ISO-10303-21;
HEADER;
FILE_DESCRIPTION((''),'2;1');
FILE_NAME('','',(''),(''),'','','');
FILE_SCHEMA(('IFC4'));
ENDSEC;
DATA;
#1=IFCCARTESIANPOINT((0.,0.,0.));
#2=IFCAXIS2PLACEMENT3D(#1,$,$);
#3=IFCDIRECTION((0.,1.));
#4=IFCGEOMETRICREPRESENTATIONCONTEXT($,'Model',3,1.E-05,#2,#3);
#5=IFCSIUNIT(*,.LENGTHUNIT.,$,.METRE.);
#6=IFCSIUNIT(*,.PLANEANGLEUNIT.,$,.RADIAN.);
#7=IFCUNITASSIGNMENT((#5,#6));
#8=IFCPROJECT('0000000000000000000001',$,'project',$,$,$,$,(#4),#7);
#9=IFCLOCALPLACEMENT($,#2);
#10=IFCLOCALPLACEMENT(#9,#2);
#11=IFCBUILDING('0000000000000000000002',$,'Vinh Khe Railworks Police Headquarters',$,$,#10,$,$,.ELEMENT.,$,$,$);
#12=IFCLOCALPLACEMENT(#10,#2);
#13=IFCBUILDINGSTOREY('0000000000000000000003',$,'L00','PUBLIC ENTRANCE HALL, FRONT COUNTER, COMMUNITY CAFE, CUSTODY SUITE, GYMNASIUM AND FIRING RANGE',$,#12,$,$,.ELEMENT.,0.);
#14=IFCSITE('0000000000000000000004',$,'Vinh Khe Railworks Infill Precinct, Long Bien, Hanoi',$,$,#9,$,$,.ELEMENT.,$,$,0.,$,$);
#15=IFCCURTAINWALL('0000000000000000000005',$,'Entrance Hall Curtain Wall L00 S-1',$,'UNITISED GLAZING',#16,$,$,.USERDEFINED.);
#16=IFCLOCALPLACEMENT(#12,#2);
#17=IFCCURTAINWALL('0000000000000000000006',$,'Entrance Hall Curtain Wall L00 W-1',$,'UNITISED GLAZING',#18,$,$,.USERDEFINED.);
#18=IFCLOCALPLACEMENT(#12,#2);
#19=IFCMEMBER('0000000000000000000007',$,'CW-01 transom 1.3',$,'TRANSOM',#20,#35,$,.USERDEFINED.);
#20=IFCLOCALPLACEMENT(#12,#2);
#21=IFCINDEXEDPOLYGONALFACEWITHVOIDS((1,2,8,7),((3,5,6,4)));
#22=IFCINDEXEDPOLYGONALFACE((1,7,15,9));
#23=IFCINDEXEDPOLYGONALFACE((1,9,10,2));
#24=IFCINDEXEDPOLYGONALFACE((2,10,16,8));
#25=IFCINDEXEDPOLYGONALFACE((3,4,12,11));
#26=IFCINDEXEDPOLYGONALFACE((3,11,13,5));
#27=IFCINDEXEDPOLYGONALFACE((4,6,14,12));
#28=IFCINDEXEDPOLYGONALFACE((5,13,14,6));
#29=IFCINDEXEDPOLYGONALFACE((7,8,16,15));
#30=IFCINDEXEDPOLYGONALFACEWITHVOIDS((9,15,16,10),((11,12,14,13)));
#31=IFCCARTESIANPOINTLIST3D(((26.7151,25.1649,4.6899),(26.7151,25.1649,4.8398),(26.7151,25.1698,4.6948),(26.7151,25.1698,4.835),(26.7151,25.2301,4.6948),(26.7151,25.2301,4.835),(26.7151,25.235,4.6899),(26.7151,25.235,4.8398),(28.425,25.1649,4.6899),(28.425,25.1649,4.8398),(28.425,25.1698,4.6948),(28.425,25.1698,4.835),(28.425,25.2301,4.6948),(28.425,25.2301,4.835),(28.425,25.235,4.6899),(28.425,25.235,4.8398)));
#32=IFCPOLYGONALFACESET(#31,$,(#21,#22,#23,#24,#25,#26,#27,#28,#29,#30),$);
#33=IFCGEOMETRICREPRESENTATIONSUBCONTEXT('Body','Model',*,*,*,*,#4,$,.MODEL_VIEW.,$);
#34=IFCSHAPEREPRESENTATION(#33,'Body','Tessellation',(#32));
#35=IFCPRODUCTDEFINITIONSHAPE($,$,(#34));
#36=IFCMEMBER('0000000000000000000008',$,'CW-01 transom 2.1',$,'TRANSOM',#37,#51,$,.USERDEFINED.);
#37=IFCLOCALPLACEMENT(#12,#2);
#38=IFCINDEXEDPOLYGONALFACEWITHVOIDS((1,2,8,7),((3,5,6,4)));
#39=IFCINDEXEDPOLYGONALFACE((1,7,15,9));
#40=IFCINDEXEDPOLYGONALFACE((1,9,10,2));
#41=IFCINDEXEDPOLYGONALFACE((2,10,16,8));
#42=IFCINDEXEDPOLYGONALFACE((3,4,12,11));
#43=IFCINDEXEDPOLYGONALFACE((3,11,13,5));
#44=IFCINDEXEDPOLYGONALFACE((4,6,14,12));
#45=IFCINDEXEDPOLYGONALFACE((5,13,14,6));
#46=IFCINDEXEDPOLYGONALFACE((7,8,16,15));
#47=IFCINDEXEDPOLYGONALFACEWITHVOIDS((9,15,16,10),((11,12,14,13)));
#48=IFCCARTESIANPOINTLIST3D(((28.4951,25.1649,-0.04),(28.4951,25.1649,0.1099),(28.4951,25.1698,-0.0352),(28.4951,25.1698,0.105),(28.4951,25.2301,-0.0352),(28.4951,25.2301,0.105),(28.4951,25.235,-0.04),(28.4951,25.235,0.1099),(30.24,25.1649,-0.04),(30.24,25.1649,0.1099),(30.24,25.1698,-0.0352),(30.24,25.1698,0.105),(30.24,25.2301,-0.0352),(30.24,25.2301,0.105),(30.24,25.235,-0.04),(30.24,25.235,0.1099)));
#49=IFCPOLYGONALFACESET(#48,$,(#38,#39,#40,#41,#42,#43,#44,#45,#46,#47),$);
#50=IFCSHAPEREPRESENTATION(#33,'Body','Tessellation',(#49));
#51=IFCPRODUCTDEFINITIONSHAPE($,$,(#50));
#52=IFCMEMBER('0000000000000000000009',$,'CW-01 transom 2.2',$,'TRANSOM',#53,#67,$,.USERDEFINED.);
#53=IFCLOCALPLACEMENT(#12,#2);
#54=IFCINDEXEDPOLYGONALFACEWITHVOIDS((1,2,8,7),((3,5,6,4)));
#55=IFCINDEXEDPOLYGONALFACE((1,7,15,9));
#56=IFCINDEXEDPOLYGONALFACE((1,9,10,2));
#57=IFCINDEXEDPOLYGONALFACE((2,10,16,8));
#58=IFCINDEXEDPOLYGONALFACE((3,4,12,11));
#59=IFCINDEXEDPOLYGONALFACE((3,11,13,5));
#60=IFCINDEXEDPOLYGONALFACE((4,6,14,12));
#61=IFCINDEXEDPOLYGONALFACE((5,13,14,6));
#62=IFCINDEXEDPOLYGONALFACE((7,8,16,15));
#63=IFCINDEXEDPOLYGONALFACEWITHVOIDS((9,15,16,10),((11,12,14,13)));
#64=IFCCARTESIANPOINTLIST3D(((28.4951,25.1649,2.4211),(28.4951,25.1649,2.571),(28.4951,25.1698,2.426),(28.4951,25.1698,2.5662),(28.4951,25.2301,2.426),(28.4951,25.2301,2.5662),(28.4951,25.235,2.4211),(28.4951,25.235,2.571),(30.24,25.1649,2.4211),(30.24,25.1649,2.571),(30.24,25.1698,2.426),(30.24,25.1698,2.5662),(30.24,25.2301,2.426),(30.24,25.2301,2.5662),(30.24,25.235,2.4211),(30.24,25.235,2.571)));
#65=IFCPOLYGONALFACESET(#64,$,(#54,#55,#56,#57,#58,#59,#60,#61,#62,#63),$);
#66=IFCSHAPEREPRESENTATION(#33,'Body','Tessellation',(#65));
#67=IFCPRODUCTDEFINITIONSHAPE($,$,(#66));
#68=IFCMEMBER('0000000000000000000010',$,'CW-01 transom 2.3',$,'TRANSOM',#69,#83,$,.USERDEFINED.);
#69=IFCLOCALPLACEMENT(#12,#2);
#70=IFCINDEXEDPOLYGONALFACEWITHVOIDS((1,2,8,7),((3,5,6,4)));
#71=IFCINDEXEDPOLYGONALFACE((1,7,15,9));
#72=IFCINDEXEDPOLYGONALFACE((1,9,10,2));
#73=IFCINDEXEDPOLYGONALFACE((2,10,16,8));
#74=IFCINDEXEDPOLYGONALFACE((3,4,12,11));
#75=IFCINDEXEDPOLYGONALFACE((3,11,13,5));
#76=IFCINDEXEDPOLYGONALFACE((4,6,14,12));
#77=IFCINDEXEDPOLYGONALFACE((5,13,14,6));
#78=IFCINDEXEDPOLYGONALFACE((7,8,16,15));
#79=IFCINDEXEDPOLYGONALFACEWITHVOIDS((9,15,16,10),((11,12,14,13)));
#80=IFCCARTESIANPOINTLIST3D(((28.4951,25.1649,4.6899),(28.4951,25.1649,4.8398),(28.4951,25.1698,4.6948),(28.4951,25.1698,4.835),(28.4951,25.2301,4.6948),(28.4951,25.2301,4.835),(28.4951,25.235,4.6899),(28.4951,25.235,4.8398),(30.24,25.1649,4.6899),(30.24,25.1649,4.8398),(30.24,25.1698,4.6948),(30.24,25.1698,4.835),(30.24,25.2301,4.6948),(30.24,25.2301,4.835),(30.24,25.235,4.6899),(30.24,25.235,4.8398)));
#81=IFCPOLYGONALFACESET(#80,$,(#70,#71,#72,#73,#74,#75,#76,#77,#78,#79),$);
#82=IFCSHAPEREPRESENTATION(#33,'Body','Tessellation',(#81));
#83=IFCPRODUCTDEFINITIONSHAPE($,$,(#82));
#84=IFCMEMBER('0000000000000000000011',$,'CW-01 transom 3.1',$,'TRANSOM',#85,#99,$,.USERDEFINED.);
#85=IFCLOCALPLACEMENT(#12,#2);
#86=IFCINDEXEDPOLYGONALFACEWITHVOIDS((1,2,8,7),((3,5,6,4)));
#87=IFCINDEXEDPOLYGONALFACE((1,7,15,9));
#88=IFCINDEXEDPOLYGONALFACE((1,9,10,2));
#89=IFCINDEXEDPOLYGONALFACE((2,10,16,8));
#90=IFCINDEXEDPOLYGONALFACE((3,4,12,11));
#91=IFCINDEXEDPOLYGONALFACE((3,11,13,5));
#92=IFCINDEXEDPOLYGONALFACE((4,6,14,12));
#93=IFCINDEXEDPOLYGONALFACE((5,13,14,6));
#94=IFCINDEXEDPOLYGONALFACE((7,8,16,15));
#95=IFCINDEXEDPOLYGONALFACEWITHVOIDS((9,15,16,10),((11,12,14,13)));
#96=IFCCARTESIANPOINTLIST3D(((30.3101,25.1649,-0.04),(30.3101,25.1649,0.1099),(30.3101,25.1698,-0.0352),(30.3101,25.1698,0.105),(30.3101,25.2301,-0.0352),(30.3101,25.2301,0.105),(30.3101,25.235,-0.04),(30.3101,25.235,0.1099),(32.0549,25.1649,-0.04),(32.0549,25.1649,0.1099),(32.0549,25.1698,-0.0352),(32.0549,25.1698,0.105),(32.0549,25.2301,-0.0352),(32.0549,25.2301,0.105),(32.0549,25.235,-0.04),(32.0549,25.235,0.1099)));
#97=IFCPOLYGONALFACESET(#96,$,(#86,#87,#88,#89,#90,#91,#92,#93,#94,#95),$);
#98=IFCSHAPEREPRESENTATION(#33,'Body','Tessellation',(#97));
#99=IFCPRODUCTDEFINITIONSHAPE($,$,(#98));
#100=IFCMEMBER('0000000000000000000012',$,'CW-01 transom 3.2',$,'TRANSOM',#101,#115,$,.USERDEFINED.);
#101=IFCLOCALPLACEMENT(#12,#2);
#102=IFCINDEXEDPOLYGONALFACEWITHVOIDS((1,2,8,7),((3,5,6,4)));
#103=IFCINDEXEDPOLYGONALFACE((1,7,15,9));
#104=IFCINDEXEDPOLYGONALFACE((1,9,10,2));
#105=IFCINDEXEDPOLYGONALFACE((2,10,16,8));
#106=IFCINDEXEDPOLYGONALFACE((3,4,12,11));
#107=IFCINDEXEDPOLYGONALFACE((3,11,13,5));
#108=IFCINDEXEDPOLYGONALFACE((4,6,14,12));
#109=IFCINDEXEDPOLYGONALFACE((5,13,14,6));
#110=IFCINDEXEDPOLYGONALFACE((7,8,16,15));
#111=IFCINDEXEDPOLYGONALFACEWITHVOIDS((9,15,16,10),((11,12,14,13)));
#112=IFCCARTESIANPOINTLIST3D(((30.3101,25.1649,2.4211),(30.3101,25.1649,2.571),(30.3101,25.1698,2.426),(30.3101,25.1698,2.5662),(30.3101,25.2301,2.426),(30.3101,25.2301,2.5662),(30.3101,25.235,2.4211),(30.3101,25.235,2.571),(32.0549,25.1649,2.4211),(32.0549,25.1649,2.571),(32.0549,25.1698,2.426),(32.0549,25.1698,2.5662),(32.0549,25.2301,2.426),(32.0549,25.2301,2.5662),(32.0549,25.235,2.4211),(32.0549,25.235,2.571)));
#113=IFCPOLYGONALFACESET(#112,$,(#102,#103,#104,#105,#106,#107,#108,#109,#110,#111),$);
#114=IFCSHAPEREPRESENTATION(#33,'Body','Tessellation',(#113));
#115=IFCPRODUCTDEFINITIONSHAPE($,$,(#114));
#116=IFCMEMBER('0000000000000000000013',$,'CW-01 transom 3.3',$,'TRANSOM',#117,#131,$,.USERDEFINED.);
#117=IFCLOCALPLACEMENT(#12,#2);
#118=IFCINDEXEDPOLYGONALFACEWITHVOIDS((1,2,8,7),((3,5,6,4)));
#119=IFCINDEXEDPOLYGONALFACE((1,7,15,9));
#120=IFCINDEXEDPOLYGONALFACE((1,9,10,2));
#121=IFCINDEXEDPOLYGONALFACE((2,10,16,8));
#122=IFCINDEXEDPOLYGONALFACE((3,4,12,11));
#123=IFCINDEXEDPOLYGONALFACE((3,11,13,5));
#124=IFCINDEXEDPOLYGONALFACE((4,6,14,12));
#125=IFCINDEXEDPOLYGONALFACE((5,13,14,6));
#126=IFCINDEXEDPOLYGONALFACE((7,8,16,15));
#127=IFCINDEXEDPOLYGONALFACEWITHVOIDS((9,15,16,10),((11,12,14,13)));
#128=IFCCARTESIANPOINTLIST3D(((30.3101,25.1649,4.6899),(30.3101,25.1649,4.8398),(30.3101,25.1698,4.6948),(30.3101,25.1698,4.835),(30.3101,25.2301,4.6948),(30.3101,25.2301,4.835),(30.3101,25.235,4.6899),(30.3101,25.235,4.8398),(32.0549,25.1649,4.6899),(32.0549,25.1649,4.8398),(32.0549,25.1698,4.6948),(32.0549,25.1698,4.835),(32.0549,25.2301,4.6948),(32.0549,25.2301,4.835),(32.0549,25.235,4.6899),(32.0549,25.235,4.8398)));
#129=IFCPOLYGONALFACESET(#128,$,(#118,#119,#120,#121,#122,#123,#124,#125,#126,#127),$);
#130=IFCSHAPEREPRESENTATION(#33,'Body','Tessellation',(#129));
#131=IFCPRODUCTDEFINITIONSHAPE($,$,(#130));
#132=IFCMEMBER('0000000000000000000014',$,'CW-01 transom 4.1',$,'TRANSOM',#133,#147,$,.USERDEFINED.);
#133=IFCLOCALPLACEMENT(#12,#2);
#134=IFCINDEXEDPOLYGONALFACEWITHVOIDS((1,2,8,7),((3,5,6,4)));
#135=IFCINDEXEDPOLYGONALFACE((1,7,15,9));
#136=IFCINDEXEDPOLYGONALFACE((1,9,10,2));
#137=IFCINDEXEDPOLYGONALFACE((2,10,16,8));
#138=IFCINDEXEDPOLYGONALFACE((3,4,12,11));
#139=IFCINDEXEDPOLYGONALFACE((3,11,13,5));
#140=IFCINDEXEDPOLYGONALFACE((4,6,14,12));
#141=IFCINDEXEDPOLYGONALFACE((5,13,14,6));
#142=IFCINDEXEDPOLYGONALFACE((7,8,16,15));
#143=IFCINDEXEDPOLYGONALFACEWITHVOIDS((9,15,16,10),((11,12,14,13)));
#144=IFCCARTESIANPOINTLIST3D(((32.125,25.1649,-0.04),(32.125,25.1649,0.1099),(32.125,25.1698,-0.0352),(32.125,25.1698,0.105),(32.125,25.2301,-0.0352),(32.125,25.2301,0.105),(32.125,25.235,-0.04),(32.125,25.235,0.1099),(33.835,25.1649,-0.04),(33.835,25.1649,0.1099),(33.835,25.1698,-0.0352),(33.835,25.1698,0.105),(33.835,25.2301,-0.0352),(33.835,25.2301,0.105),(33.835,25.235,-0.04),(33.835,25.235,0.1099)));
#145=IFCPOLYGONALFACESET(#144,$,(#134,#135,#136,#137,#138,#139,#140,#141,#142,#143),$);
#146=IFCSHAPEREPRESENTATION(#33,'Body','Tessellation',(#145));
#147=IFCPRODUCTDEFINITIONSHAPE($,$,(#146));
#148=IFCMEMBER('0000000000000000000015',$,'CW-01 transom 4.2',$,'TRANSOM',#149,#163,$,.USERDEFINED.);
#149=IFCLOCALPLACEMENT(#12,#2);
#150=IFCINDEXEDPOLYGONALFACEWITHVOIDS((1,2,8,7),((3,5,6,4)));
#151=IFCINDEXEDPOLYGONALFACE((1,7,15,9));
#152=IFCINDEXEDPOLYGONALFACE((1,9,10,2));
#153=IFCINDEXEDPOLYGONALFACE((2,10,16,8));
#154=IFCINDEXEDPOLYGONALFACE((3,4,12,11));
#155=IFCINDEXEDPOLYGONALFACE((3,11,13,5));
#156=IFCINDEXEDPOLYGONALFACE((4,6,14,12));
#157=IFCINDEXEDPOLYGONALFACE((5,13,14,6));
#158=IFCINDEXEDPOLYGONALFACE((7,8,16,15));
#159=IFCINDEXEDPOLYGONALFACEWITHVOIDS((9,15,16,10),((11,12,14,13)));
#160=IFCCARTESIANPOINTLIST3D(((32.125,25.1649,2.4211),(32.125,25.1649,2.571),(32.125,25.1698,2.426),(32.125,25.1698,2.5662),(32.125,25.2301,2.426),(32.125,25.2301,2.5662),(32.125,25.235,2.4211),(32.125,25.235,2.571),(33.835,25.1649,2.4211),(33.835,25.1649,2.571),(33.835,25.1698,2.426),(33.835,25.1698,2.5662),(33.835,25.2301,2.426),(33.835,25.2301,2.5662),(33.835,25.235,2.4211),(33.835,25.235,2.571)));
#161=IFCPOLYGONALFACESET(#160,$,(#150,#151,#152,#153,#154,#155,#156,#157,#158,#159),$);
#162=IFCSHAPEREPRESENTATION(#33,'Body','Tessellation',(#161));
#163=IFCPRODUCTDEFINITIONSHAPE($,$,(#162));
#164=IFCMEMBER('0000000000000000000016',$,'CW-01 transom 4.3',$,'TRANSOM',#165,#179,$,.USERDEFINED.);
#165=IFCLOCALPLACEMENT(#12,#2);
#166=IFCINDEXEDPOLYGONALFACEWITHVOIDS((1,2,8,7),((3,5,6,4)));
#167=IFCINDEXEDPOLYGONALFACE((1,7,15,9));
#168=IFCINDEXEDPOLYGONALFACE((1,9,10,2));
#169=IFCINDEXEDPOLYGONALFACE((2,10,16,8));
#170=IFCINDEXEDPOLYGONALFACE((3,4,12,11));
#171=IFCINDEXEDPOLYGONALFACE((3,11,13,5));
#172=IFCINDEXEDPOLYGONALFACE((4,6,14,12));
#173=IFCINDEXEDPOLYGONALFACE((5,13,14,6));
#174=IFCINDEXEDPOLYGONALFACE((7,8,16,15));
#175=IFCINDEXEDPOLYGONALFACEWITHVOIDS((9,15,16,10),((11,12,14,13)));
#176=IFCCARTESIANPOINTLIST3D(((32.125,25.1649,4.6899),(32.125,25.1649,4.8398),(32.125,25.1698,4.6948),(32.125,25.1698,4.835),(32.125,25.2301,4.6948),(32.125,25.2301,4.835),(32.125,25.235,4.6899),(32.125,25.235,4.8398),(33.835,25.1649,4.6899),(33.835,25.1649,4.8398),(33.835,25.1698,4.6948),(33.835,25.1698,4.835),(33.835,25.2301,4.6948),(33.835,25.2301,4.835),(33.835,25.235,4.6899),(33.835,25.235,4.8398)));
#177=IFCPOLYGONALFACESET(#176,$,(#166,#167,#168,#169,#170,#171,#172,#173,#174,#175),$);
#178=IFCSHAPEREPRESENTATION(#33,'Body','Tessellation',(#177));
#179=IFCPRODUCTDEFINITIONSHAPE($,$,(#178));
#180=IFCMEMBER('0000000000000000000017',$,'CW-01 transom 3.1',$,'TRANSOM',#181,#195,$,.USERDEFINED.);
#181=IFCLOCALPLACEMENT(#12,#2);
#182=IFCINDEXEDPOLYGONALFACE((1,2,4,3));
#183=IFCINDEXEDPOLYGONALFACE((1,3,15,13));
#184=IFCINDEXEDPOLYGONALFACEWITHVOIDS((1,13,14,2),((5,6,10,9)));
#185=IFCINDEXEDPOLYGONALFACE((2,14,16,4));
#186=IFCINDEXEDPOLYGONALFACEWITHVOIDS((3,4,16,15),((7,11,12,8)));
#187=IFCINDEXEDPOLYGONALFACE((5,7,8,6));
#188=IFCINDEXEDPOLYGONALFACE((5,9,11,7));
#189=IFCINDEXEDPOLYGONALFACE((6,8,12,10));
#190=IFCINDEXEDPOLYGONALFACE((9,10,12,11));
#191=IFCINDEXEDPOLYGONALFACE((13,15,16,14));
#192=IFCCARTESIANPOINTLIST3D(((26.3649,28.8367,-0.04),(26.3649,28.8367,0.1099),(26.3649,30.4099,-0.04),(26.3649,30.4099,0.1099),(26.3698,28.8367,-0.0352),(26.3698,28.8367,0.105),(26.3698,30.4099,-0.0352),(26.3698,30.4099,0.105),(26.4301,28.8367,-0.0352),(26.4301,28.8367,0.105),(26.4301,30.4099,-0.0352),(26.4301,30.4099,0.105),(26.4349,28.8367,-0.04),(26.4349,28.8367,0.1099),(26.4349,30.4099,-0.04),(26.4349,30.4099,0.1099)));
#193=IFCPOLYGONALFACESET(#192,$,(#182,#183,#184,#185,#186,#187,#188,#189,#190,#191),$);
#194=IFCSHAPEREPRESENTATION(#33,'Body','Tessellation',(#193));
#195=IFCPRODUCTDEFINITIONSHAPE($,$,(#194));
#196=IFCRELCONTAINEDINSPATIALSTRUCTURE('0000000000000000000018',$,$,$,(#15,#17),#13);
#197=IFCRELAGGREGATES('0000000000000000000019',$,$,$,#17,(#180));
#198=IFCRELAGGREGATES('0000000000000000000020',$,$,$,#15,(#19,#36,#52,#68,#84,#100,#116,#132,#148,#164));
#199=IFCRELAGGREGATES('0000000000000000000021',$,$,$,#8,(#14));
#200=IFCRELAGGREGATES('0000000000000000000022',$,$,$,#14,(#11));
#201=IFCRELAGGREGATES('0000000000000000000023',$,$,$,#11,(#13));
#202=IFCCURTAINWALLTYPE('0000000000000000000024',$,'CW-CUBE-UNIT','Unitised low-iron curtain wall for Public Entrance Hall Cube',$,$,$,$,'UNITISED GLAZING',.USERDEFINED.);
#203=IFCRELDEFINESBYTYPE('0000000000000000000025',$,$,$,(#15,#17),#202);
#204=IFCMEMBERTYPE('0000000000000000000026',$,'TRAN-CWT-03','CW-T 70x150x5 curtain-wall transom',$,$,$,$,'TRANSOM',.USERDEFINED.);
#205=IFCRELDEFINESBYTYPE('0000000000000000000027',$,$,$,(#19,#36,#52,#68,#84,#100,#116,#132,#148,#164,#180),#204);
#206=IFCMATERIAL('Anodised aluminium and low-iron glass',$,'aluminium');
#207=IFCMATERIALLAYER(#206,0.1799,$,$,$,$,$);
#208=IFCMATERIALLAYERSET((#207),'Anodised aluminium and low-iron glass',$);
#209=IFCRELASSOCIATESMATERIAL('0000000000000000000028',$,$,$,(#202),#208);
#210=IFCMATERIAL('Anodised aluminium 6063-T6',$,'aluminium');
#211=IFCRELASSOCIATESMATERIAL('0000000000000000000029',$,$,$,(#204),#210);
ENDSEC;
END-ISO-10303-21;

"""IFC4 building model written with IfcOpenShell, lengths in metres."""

from ifc_helpers import new_model, si_unit, direction, frame, origin, origin_2d, place, context, subcontext, project, spatial, hollow_rectangle, extrude, material, layer, layer_set, material_profile, profile_set, type_object, element, aggregate, save


model = new_model("IFC4")

# Units and contexts
model_context = context("Model", 3, precision=1e-05, world=origin(), true_north=direction((0.0, 1.0)))
body_context = subcontext(model_context, "Body", "Model", "MODEL_VIEW")
ifc_project = project(units=[si_unit("LENGTHUNIT", "METRE"), si_unit("PLANEANGLEUNIT", "RADIAN")], contexts=[model_context])

# Site, building, storey
site_placement = place(None, origin())
site = spatial("IfcSite", under=ifc_project, at=site_placement, Name="Vinh Khe Railworks Infill Precinct, Long Bien, Hanoi", CompositionType="ELEMENT", RefElevation=0.0)
building_placement = place(site_placement, origin())
building = spatial("IfcBuilding", under=site, at=building_placement, Name="Vinh Khe Railworks Police Headquarters", CompositionType="ELEMENT")
storey_placement = place(building_placement, origin())
storey = spatial("IfcBuildingStorey", under=building, at=storey_placement, Name="L00", Description="PUBLIC ENTRANCE HALL, FRONT COUNTER, COMMUNITY CAFE, CUSTODY SUITE, GYMNASIUM AND FIRING RANGE", CompositionType="ELEMENT", Elevation=0.0)

# Curtain wall
ifc_material_1 = material(Name="Anodised aluminium and low-iron glass", Category="aluminium")
ifc_layer_1 = layer(ifc_material_1, 0.1799)
ifc_layer_set_1 = layer_set([ifc_layer_1], Name="Anodised aluminium and low-iron glass")
curtain_wall_type = type_object("IfcCurtainWallType", Name="CW-CUBE-UNIT", Description="Unitised low-iron curtain wall for Public Entrance Hall Cube", ElementType="UNITISED GLAZING", PredefinedType="USERDEFINED", material=ifc_layer_set_1)
curtain_wall_1_placement = place(storey_placement, origin())
curtain_wall_1 = element("IfcCurtainWall", 1, at=curtain_wall_1_placement, inside=storey, type_object=curtain_wall_type, Name="Entrance Hall Curtain Wall L00 S-1", ObjectType="UNITISED GLAZING", PredefinedType="USERDEFINED")
ifc_material_2 = material(Name="Anodised aluminium 6063-T6", Category="aluminium")

# Curtain wall
curtain_wall_2_placement = place(storey_placement, origin())
curtain_wall_2 = element("IfcCurtainWall", 2, at=curtain_wall_2_placement, inside=storey, type_object=curtain_wall_type, Name="Entrance Hall Curtain Wall L00 W-1", ObjectType="UNITISED GLAZING", PredefinedType="USERDEFINED")

# Members
ifc_material_profile_1 = material_profile(ifc_material_2, hollow_rectangle(XDim=0.0701, YDim=0.1499, WallThickness=0.0049, at=origin_2d()), Name="CW-T 70x150x5")
ifc_profile_set_1 = profile_set([ifc_material_profile_1], Name="Anodised aluminium 6063-T6")
member_type_1 = type_object("IfcMemberType", Name="TRAN-CWT-03", Description="CW-T 70x150x5 curtain-wall transom", ElementType="TRANSOM", PredefinedType="USERDEFINED", material=ifc_profile_set_1)
member_1_placement = place(storey_placement, frame((26.7151, 25.2, 4.7649), z_axis=(1.0, 0.0, 0.0), x_axis=(0.0, 1.0, 0.0)))
member_1 = element("IfcMember", 3, at=member_1_placement, type_object=member_type_1, Name="CW-01 transom 1.3", ObjectType="TRANSOM", PredefinedType="USERDEFINED", context=body_context, shape_type="SweptSolid", body=[
    extrude(hollow_rectangle(XDim=0.0701, YDim=0.1499, WallThickness=0.0049, at=origin_2d()), origin(), (0.0, 0.0, 1.0), 1.71),
])
member_2_placement = place(storey_placement, frame((28.4951, 25.2, 0.0349), z_axis=(1.0, 0.0, 0.0), x_axis=(0.0, 1.0, 0.0)))
member_2 = element("IfcMember", 4, at=member_2_placement, type_object=member_type_1, Name="CW-01 transom 2.1", ObjectType="TRANSOM", PredefinedType="USERDEFINED", context=body_context, shape_type="SweptSolid", body=[
    extrude(hollow_rectangle(XDim=0.0701, YDim=0.1499, WallThickness=0.0049, at=origin_2d()), origin(), (0.0, 0.0, 1.0), 1.7449),
])
member_3_placement = place(storey_placement, frame((28.4951, 25.2, 2.4961), z_axis=(1.0, 0.0, 0.0), x_axis=(0.0, 1.0, 0.0)))
member_3 = element("IfcMember", 5, at=member_3_placement, type_object=member_type_1, Name="CW-01 transom 2.2", ObjectType="TRANSOM", PredefinedType="USERDEFINED", context=body_context, shape_type="SweptSolid", body=[
    extrude(hollow_rectangle(XDim=0.0701, YDim=0.1499, WallThickness=0.0049, at=origin_2d()), origin(), (0.0, 0.0, 1.0), 1.7449),
])
member_4_placement = place(storey_placement, frame((28.4951, 25.2, 4.7649), z_axis=(1.0, 0.0, 0.0), x_axis=(0.0, 1.0, 0.0)))
member_4 = element("IfcMember", 6, at=member_4_placement, type_object=member_type_1, Name="CW-01 transom 2.3", ObjectType="TRANSOM", PredefinedType="USERDEFINED", context=body_context, shape_type="SweptSolid", body=[
    extrude(hollow_rectangle(XDim=0.0701, YDim=0.1499, WallThickness=0.0049, at=origin_2d()), origin(), (0.0, 0.0, 1.0), 1.7449),
])
member_5_placement = place(storey_placement, frame((30.3101, 25.2, 0.0349), z_axis=(1.0, 0.0, 0.0), x_axis=(0.0, 1.0, 0.0)))
member_5 = element("IfcMember", 7, at=member_5_placement, type_object=member_type_1, Name="CW-01 transom 3.1", ObjectType="TRANSOM", PredefinedType="USERDEFINED", context=body_context, shape_type="SweptSolid", body=[
    extrude(hollow_rectangle(XDim=0.0701, YDim=0.1499, WallThickness=0.0049, at=origin_2d()), origin(), (0.0, 0.0, 1.0), 1.7449),
])
member_6_placement = place(storey_placement, frame((30.3101, 25.2, 2.4961), z_axis=(1.0, 0.0, 0.0), x_axis=(0.0, 1.0, 0.0)))
member_6 = element("IfcMember", 8, at=member_6_placement, type_object=member_type_1, Name="CW-01 transom 3.2", ObjectType="TRANSOM", PredefinedType="USERDEFINED", context=body_context, shape_type="SweptSolid", body=[
    extrude(hollow_rectangle(XDim=0.0701, YDim=0.1499, WallThickness=0.0049, at=origin_2d()), origin(), (0.0, 0.0, 1.0), 1.7449),
])
member_7_placement = place(storey_placement, frame((30.3101, 25.2, 4.7649), z_axis=(1.0, 0.0, 0.0), x_axis=(0.0, 1.0, 0.0)))
member_7 = element("IfcMember", 9, at=member_7_placement, type_object=member_type_1, Name="CW-01 transom 3.3", ObjectType="TRANSOM", PredefinedType="USERDEFINED", context=body_context, shape_type="SweptSolid", body=[
    extrude(hollow_rectangle(XDim=0.0701, YDim=0.1499, WallThickness=0.0049, at=origin_2d()), origin(), (0.0, 0.0, 1.0), 1.7449),
])
member_8_placement = place(storey_placement, frame((32.125, 25.2, 0.0349), z_axis=(1.0, 0.0, 0.0), x_axis=(0.0, 1.0, 0.0)))
member_8 = element("IfcMember", 10, at=member_8_placement, type_object=member_type_1, Name="CW-01 transom 4.1", ObjectType="TRANSOM", PredefinedType="USERDEFINED", context=body_context, shape_type="SweptSolid", body=[
    extrude(hollow_rectangle(XDim=0.0701, YDim=0.1499, WallThickness=0.0049, at=origin_2d()), origin(), (0.0, 0.0, 1.0), 1.71),
])
member_9_placement = place(storey_placement, frame((32.125, 25.2, 2.4961), z_axis=(1.0, 0.0, 0.0), x_axis=(0.0, 1.0, 0.0)))
member_9 = element("IfcMember", 11, at=member_9_placement, type_object=member_type_1, Name="CW-01 transom 4.2", ObjectType="TRANSOM", PredefinedType="USERDEFINED", context=body_context, shape_type="SweptSolid", body=[
    extrude(hollow_rectangle(XDim=0.0701, YDim=0.1499, WallThickness=0.0049, at=origin_2d()), origin(), (0.0, 0.0, 1.0), 1.71),
])
member_10_placement = place(storey_placement, frame((32.125, 25.2, 4.7649), z_axis=(1.0, 0.0, 0.0), x_axis=(0.0, 1.0, 0.0)))
member_10 = element("IfcMember", 12, at=member_10_placement, type_object=member_type_1, Name="CW-01 transom 4.3", ObjectType="TRANSOM", PredefinedType="USERDEFINED", context=body_context, shape_type="SweptSolid", body=[
    extrude(hollow_rectangle(XDim=0.0701, YDim=0.1499, WallThickness=0.0049, at=origin_2d()), origin(), (0.0, 0.0, 1.0), 1.71),
])
member_11_placement = place(storey_placement, frame((26.3999, 28.8367, 0.0349), z_axis=(0.0, 1.0, 0.0), x_axis=(-1.0, 0.0, 0.0)))
member_11 = element("IfcMember", 13, at=member_11_placement, type_object=member_type_1, Name="CW-01 transom 3.1", ObjectType="TRANSOM", PredefinedType="USERDEFINED", context=body_context, shape_type="SweptSolid", body=[
    extrude(hollow_rectangle(XDim=0.0701, YDim=0.1499, WallThickness=0.0049, at=origin_2d()), origin(), (0.0, 0.0, 1.0), 1.5732),
])
aggregate(curtain_wall_2, [member_11])

aggregate(curtain_wall_1, [member_1, member_2, member_3, member_4, member_5, member_6, member_7, member_8, member_9, member_10])

save(model, "model.ifc")
